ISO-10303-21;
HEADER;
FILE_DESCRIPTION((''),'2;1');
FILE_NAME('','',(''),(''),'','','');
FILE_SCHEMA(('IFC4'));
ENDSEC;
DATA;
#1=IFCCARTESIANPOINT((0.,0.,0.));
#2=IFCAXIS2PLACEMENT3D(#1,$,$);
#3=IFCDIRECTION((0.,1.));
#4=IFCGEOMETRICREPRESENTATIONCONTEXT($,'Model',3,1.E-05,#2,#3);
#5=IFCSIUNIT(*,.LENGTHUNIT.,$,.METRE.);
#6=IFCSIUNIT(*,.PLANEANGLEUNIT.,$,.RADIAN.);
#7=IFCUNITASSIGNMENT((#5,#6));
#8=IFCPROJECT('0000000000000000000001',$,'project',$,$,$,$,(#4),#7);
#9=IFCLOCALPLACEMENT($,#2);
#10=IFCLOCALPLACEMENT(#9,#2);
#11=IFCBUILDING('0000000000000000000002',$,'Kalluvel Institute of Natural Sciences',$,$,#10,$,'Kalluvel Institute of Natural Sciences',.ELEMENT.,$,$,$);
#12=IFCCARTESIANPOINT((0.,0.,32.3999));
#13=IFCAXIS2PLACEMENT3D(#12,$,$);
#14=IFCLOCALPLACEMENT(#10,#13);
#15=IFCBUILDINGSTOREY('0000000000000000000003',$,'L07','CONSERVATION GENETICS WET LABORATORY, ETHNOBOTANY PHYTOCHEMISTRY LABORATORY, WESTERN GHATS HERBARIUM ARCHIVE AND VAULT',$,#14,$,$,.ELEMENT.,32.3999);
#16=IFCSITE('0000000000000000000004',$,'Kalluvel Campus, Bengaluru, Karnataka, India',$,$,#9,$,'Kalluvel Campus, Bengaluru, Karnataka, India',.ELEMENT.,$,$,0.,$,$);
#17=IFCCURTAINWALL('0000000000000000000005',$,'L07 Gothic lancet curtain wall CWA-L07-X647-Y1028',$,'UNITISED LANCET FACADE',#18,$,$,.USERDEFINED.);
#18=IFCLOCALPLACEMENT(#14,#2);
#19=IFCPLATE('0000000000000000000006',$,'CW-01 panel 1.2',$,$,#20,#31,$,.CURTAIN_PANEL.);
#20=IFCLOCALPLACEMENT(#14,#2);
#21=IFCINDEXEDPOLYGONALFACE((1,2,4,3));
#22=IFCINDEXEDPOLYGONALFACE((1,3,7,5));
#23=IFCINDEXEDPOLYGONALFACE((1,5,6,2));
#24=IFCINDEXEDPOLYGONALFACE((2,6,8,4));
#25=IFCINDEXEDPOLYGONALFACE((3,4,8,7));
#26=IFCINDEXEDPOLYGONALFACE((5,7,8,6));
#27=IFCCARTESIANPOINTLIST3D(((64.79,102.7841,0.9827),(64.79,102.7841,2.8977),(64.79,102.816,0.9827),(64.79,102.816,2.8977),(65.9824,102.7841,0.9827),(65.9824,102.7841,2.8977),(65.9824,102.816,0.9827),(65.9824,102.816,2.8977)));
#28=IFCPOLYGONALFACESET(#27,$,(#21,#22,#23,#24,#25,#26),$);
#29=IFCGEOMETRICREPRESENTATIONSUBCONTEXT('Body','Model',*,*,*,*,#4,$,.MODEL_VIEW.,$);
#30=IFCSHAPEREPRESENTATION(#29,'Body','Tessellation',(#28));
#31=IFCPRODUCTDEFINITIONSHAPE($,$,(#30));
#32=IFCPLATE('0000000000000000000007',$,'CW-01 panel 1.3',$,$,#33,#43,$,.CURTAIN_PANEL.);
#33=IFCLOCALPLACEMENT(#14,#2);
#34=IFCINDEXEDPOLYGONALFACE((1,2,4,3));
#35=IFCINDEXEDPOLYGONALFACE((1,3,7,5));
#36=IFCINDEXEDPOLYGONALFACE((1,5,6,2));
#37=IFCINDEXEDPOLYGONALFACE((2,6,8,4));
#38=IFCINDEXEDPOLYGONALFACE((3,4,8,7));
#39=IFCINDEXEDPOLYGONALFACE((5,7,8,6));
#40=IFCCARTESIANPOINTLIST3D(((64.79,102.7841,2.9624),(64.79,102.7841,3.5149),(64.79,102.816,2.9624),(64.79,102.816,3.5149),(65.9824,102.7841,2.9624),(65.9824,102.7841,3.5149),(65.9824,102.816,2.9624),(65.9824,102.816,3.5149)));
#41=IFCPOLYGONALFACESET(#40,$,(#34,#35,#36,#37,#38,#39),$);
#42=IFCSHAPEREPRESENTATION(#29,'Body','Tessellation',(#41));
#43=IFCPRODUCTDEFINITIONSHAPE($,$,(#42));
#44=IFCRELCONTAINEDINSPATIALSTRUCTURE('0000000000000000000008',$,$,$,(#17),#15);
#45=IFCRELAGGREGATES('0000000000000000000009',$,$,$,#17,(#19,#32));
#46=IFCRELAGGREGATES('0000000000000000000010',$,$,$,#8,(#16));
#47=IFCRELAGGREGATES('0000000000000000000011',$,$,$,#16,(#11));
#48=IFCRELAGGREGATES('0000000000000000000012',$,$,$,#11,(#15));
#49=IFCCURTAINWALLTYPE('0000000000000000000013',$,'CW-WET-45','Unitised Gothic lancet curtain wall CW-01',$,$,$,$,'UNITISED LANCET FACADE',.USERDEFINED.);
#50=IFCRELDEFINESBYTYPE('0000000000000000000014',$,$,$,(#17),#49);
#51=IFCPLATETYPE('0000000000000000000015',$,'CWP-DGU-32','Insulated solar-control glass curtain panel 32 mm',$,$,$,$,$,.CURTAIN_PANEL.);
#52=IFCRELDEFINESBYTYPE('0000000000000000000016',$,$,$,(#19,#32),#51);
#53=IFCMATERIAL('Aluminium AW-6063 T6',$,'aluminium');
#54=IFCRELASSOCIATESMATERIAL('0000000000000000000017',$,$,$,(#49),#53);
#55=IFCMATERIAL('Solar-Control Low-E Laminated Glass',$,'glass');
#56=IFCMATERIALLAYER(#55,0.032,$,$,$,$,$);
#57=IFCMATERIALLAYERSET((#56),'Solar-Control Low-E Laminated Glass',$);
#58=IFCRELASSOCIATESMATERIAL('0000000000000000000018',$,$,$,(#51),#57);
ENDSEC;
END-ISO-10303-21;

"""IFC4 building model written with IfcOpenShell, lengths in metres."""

from ifc_helpers import new_model, si_unit, direction, frame, origin, origin_2d, place, context, subcontext, project, spatial, rectangle, extrude, material, layer, layer_set, type_object, element, aggregate, save


model = new_model("IFC4")

# Units and contexts
model_context = context("Model", 3, precision=1e-05, world=origin(), true_north=direction((0.0, 1.0)))
body_context = subcontext(model_context, "Body", "Model", "MODEL_VIEW")
ifc_project = project(units=[si_unit("LENGTHUNIT", "METRE"), si_unit("PLANEANGLEUNIT", "RADIAN")], contexts=[model_context])

# Site, building, storey
site_placement = place(None, origin())
site = spatial("IfcSite", under=ifc_project, at=site_placement, Name="Kalluvel Campus, Bengaluru, Karnataka, India", LongName="Kalluvel Campus, Bengaluru, Karnataka, India", CompositionType="ELEMENT", RefElevation=0.0)
building_placement = place(site_placement, origin())
building = spatial("IfcBuilding", under=site, at=building_placement, Name="Kalluvel Institute of Natural Sciences", LongName="Kalluvel Institute of Natural Sciences", CompositionType="ELEMENT")
storey_placement = place(building_placement, frame((0.0, 0.0, 32.3999)))
storey = spatial("IfcBuildingStorey", under=building, at=storey_placement, Name="L07", Description="CONSERVATION GENETICS WET LABORATORY, ETHNOBOTANY PHYTOCHEMISTRY LABORATORY, WESTERN GHATS HERBARIUM ARCHIVE AND VAULT", CompositionType="ELEMENT", Elevation=32.3999)

# Curtain wall
ifc_material_1 = material(Name="Aluminium AW-6063 T6", Category="aluminium")
curtain_wall_type = type_object("IfcCurtainWallType", Name="CW-WET-45", Description="Unitised Gothic lancet curtain wall CW-01", ElementType="UNITISED LANCET FACADE", PredefinedType="USERDEFINED", material=ifc_material_1)
curtain_wall_1_placement = place(storey_placement, origin())
curtain_wall_1 = element("IfcCurtainWall", 1, at=curtain_wall_1_placement, inside=storey, type_object=curtain_wall_type, Name="L07 Gothic lancet curtain wall CWA-L07-X647-Y1028", ObjectType="UNITISED LANCET FACADE", PredefinedType="USERDEFINED")

# Plates
ifc_material_2 = material(Name="Solar-Control Low-E Laminated Glass", Category="glass")
ifc_layer = layer(ifc_material_2, 0.032)
ifc_layer_set = layer_set([ifc_layer], Name="Solar-Control Low-E Laminated Glass")
plate_type = type_object("IfcPlateType", Name="CWP-DGU-32", Description="Insulated solar-control glass curtain panel 32 mm", PredefinedType="CURTAIN_PANEL", material=ifc_layer_set)
plate_1_placement = place(storey_placement, frame((65.3862, 102.8, 0.9827), z_axis=(0.0, 0.0, 1.0), x_axis=(1.0, 0.0, 0.0)))
plate_1 = element("IfcPlate", 2, at=plate_1_placement, type_object=plate_type, Name="CW-01 panel 1.2", PredefinedType="CURTAIN_PANEL", context=body_context, shape_type="SweptSolid", body=[
    extrude(rectangle(XDim=1.1924, YDim=0.032, at=origin_2d()), origin(), (0.0, 0.0, 1.0), 1.915),
])
plate_2_placement = place(storey_placement, frame((65.3862, 102.8, 2.9624), z_axis=(0.0, 0.0, 1.0), x_axis=(1.0, 0.0, 0.0)))
plate_2 = element("IfcPlate", 3, at=plate_2_placement, type_object=plate_type, Name="CW-01 panel 1.3", PredefinedType="CURTAIN_PANEL", context=body_context, shape_type="SweptSolid", body=[
    extrude(rectangle(XDim=1.1924, YDim=0.032, at=origin_2d()), origin(), (0.0, 0.0, 1.0), 0.5525),
])
aggregate(curtain_wall_1, [plate_1, plate_2])

save(model, "model.ifc")
